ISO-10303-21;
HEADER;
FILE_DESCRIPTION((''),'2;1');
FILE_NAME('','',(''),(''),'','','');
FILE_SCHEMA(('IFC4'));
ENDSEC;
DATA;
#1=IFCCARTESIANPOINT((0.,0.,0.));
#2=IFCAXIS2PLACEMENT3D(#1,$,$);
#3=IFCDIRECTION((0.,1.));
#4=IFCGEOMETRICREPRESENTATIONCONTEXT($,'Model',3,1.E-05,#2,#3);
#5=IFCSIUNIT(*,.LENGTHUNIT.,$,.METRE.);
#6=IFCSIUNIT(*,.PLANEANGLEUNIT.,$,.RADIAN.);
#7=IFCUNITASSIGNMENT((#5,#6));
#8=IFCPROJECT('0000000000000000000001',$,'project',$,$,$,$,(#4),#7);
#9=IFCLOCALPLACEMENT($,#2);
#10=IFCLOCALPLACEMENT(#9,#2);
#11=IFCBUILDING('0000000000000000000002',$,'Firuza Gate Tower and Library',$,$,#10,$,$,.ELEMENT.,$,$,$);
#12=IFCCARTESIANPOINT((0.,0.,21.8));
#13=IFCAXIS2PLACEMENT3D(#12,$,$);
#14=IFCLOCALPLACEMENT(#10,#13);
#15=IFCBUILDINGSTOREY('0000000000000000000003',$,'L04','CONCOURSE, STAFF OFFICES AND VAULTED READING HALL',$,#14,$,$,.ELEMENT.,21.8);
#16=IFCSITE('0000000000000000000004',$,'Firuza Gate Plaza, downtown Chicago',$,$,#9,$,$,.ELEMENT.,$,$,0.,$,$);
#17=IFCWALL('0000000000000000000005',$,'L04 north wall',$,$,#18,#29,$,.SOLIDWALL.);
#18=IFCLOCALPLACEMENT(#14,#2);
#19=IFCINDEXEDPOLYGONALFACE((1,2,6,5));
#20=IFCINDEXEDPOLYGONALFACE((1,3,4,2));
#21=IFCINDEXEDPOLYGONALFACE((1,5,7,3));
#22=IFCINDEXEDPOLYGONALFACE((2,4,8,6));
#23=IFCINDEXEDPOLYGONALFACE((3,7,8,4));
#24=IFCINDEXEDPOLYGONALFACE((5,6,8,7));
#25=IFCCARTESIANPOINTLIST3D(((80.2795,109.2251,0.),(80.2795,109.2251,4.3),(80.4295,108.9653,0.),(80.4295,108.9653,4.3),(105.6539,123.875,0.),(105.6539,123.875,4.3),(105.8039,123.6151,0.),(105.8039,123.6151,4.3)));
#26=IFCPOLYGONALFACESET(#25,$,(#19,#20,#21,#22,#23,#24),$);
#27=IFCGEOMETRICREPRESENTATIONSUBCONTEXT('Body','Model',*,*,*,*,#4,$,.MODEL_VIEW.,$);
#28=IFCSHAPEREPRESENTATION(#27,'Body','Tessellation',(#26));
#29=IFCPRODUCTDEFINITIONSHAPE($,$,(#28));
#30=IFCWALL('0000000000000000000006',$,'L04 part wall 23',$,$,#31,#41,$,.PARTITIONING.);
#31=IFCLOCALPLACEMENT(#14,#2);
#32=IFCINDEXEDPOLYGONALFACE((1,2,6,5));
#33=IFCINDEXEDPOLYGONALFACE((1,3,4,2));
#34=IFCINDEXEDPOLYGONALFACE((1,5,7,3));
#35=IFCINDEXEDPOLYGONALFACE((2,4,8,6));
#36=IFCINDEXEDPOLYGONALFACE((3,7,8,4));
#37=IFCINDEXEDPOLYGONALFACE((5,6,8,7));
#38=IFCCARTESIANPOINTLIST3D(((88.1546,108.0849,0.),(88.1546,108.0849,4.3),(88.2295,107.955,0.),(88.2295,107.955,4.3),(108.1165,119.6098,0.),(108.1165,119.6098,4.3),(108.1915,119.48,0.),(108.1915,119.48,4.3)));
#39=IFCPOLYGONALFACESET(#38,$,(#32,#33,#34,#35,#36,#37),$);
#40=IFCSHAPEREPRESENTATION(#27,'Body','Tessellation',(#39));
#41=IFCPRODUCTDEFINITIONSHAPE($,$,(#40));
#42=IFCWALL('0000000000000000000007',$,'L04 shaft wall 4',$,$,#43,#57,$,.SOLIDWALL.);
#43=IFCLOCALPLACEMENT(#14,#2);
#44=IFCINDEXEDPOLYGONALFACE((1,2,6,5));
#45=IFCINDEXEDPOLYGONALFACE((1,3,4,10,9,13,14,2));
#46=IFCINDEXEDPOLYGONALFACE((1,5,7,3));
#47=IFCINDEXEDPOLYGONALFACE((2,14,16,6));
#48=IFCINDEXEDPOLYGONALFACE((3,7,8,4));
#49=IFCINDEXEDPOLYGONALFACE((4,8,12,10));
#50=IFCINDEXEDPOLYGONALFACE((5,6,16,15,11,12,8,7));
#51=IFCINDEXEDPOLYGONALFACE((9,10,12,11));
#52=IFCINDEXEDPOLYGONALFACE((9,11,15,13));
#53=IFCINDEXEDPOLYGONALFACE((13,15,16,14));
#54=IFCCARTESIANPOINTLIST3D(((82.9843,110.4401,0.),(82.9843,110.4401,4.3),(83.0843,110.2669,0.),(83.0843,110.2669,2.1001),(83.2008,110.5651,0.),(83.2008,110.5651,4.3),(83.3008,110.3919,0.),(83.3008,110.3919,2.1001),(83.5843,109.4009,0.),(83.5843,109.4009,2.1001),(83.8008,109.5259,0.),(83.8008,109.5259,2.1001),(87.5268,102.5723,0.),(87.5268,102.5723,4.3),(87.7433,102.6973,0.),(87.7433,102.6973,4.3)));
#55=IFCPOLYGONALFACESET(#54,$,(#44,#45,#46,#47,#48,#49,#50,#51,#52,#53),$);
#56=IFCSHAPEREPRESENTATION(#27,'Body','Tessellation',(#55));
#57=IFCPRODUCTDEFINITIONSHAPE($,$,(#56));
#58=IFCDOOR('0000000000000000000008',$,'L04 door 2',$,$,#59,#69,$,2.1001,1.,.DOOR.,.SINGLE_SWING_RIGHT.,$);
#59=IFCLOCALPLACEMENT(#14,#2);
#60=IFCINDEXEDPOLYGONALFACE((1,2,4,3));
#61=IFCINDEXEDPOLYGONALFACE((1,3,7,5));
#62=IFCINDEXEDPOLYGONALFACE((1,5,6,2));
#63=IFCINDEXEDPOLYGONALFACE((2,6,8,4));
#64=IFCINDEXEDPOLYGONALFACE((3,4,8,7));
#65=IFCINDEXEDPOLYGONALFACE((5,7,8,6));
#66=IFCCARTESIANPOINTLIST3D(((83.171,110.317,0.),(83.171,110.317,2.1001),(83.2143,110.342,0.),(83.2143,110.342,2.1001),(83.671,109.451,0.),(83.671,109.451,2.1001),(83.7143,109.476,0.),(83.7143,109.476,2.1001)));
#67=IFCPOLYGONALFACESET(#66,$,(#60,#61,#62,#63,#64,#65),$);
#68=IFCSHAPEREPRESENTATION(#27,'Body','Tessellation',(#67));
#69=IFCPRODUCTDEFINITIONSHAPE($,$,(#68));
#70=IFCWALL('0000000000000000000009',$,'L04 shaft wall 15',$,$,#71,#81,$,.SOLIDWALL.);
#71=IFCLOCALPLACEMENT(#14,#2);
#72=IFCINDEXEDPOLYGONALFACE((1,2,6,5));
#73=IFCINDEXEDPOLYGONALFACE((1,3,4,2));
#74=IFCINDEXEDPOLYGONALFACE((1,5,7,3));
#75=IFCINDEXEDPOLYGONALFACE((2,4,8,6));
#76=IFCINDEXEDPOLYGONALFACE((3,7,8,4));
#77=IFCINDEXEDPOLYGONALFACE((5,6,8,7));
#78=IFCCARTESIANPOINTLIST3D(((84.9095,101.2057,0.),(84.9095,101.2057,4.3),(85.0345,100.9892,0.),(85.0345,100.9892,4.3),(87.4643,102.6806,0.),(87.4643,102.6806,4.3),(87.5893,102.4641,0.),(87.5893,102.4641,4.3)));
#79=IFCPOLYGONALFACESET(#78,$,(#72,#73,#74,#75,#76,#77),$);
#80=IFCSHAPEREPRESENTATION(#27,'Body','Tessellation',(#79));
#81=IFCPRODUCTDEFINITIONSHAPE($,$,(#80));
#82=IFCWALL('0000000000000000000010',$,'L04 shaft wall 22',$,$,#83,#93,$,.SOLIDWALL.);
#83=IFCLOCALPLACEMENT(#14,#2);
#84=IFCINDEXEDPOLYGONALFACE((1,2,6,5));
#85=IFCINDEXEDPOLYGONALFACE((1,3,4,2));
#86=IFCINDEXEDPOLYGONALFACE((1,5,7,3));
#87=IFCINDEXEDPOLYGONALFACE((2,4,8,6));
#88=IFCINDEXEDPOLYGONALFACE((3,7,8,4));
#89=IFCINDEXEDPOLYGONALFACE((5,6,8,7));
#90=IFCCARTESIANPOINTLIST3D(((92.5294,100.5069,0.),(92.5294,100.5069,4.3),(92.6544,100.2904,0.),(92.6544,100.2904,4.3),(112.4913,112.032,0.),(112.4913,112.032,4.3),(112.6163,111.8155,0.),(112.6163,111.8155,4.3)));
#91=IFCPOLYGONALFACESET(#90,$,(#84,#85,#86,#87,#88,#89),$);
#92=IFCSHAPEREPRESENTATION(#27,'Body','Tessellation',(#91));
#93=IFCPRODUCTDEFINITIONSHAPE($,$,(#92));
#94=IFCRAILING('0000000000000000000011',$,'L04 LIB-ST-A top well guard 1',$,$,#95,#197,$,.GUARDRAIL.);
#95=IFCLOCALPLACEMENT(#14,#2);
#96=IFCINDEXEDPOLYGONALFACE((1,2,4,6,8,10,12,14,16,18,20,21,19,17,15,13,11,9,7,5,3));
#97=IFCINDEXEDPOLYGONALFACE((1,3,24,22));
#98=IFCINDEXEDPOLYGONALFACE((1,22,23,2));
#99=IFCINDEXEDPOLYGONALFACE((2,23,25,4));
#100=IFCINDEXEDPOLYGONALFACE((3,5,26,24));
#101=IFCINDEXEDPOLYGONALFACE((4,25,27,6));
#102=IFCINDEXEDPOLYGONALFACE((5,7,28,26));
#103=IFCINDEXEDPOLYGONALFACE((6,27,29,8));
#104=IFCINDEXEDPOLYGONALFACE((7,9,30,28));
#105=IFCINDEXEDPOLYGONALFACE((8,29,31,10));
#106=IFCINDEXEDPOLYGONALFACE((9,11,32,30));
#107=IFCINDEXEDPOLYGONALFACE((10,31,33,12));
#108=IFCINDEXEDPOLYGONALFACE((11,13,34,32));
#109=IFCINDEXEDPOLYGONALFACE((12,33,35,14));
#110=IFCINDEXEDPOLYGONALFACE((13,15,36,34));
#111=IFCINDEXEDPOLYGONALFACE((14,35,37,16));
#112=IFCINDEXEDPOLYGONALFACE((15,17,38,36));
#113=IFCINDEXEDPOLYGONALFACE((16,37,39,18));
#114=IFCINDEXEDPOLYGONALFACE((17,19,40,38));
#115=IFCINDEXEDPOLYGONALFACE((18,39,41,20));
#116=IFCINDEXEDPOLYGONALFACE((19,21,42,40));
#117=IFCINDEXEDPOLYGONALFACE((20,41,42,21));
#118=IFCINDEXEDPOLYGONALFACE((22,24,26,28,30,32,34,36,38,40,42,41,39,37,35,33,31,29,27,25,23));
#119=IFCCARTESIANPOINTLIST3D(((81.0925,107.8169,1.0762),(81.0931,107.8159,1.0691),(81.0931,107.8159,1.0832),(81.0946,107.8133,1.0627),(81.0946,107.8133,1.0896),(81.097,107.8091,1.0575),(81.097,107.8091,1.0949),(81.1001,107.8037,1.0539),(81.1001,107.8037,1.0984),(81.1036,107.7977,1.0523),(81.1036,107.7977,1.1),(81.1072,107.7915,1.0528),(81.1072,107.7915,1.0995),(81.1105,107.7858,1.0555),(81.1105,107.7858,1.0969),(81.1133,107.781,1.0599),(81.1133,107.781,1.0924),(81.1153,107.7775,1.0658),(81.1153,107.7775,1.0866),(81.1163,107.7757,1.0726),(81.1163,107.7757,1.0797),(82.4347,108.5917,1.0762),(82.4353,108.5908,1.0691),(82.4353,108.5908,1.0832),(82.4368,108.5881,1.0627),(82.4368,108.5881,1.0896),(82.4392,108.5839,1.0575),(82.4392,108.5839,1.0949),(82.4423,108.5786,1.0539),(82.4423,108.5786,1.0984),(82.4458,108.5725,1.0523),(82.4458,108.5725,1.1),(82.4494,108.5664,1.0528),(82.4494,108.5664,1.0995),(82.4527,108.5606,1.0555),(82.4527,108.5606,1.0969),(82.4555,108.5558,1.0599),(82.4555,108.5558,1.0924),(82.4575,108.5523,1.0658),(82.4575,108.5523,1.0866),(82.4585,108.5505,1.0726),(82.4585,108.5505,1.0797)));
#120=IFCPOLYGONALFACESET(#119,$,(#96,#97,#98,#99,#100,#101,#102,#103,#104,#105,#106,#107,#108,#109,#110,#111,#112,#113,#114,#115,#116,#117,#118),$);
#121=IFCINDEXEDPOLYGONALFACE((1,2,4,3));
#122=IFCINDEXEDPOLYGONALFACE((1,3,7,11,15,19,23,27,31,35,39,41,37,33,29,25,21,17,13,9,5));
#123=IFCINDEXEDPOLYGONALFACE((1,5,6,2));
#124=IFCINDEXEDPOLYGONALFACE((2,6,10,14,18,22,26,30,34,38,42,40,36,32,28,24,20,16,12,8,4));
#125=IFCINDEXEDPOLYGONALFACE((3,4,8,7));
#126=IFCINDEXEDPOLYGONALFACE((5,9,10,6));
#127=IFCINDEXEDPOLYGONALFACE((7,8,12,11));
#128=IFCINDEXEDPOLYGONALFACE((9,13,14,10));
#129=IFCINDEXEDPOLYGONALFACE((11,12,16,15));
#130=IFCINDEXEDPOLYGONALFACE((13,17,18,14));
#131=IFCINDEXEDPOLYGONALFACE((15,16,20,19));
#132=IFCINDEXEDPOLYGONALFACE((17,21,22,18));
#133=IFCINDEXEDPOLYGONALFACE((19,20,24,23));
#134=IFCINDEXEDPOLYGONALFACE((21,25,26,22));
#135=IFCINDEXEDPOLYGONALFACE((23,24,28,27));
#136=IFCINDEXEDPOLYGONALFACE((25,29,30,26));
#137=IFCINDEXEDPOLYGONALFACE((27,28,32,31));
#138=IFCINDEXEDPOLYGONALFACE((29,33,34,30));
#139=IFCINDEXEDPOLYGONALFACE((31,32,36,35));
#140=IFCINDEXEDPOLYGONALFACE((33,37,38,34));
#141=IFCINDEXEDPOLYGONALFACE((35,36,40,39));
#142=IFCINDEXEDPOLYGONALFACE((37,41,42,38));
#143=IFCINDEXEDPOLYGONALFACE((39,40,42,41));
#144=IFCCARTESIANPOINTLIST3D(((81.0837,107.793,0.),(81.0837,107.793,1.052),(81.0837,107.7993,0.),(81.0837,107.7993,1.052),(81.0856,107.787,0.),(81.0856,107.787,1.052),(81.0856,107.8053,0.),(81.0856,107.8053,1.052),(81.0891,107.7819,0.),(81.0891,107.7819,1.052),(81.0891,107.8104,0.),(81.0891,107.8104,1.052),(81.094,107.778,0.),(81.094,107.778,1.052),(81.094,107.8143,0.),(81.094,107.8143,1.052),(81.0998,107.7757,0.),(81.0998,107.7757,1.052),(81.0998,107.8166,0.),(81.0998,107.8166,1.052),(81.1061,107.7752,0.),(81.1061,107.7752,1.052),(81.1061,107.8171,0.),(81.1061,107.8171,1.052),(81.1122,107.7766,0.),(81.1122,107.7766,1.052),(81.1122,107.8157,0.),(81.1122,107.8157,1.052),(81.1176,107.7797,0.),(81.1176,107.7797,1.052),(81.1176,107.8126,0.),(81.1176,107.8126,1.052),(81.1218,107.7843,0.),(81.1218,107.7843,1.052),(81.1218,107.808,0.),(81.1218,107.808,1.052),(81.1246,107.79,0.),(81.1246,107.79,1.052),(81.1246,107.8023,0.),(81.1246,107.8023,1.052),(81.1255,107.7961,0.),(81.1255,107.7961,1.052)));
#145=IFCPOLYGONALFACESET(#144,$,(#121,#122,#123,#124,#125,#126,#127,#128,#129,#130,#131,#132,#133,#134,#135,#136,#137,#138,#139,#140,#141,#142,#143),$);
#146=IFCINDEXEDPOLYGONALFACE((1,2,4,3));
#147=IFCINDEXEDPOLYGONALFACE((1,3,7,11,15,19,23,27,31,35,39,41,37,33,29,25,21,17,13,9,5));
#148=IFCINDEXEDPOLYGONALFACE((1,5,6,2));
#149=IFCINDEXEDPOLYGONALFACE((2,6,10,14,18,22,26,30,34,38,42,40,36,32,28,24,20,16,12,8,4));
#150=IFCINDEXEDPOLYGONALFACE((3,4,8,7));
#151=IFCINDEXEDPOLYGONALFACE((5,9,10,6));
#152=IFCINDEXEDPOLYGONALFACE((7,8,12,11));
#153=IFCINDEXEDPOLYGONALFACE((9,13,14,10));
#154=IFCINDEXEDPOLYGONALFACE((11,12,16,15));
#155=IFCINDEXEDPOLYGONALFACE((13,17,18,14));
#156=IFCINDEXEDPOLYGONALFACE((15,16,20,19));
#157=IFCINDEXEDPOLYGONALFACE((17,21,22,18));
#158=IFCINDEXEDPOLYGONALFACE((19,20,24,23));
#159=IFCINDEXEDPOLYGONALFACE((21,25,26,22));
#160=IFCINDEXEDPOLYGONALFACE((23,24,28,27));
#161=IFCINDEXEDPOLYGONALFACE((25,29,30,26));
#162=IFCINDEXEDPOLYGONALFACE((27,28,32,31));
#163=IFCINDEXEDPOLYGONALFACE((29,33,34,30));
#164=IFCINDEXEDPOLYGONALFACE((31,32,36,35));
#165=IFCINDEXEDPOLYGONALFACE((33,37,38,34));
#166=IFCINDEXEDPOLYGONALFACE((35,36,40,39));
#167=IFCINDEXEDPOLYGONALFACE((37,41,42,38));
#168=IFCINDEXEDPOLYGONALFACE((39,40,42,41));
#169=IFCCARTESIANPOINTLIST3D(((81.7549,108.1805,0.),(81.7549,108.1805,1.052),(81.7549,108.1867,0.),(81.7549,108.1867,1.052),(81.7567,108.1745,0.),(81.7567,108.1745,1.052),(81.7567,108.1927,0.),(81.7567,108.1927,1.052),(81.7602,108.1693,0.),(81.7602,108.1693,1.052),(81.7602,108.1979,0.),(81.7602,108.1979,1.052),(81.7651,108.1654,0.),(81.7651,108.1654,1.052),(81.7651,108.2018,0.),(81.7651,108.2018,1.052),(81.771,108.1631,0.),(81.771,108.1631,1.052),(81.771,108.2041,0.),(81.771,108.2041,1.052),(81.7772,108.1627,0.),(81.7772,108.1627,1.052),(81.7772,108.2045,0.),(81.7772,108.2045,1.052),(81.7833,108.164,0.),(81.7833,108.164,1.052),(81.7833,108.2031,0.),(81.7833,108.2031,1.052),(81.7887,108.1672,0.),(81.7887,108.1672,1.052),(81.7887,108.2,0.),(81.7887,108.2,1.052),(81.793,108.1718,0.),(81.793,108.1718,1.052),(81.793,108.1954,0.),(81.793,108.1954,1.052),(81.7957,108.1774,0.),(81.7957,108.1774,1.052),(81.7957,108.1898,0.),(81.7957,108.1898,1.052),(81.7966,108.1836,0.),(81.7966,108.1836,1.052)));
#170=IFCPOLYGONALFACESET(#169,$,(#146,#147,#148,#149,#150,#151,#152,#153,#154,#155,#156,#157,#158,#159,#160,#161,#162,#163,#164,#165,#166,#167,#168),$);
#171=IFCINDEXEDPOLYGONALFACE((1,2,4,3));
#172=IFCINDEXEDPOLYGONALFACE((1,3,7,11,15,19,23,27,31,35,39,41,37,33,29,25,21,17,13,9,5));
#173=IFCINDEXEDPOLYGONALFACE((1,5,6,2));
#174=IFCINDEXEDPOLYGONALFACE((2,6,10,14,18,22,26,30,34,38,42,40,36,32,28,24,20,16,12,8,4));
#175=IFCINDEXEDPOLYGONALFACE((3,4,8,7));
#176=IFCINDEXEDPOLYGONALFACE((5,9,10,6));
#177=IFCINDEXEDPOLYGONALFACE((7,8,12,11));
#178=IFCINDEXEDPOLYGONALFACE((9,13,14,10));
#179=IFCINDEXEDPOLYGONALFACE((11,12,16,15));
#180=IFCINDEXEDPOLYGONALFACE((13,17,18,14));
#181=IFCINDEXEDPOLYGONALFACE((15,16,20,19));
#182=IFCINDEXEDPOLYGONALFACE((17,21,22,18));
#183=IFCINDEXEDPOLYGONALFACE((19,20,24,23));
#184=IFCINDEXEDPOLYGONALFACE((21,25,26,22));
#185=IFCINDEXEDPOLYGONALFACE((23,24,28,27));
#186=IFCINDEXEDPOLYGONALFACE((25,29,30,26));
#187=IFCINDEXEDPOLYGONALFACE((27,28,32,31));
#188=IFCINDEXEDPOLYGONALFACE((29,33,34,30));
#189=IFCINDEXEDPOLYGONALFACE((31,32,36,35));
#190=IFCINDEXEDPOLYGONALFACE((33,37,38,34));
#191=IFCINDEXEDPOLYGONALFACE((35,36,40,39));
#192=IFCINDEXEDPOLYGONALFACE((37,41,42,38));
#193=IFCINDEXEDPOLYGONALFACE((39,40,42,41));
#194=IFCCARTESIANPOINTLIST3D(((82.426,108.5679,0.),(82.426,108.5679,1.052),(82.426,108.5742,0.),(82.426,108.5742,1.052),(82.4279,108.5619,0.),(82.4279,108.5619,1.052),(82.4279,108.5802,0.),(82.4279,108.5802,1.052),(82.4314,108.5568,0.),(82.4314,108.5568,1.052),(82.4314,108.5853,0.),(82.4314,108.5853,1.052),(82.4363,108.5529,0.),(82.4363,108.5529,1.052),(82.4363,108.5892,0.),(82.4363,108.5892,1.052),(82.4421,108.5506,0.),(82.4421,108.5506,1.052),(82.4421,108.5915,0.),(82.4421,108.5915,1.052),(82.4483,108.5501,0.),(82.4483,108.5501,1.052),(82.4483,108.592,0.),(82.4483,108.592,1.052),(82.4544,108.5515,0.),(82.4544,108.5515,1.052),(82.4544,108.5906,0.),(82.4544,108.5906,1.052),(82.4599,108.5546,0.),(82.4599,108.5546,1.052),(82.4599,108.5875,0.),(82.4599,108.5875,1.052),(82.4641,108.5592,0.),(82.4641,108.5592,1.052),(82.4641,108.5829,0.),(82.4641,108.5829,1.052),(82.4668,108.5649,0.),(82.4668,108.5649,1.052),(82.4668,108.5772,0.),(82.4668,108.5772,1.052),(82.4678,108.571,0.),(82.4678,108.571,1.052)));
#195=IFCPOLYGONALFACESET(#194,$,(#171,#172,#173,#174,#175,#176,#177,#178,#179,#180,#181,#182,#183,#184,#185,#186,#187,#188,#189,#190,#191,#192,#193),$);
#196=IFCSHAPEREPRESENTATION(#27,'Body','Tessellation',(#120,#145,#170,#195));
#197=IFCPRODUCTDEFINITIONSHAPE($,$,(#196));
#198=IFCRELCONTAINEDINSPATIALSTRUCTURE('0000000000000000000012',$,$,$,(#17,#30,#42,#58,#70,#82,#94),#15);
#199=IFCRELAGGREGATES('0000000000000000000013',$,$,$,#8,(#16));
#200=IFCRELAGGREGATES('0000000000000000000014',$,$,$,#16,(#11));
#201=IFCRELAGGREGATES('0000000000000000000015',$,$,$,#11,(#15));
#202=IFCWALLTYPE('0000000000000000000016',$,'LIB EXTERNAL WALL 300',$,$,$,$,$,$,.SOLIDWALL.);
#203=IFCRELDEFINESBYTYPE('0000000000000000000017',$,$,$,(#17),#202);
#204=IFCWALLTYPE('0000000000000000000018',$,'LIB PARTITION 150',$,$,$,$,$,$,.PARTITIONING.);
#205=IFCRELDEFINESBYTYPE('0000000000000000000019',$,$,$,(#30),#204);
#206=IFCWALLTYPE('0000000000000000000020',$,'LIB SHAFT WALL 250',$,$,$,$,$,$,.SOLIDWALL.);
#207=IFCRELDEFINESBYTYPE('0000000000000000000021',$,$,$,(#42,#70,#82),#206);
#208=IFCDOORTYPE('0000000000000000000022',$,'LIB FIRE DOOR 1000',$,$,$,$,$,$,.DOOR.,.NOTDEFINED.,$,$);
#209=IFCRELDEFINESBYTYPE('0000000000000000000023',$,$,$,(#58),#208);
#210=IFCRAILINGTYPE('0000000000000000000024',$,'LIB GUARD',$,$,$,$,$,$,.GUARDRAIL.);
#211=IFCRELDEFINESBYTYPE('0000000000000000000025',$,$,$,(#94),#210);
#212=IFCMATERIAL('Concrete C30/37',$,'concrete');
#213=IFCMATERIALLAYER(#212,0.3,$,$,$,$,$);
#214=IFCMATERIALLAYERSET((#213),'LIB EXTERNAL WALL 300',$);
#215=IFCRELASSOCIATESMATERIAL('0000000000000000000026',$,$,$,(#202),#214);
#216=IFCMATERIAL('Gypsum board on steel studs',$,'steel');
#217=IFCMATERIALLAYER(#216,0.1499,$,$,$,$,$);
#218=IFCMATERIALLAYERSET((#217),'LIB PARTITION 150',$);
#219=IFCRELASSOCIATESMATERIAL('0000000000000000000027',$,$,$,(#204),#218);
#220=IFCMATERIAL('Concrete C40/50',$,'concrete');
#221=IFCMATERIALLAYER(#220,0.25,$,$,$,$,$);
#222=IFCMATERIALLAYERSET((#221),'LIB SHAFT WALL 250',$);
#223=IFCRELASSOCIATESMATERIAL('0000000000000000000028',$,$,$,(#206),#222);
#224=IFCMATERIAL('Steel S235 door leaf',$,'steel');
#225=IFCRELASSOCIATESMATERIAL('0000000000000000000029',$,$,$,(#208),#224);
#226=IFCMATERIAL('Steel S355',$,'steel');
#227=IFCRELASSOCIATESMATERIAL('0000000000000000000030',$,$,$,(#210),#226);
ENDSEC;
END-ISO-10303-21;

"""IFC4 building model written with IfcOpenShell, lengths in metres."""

from ifc_helpers import new_model, si_unit, direction, frame, frame_2d, origin, origin_2d, place, context, subcontext, project, spatial, rectangle, circle, extrude, material, layer, layer_set, type_object, element, fill, save


model = new_model("IFC4")

# Units and contexts
model_context = context("Model", 3, precision=1e-05, world=origin(), true_north=direction((0.0, 1.0)))
body_context = subcontext(model_context, "Body", "Model", "MODEL_VIEW")
ifc_project = project(units=[si_unit("LENGTHUNIT", "METRE"), si_unit("PLANEANGLEUNIT", "RADIAN")], contexts=[model_context])

# Site, building, storey
site_placement = place(None, origin())
site = spatial("IfcSite", under=ifc_project, at=site_placement, Name="Firuza Gate Plaza, downtown Chicago", CompositionType="ELEMENT", RefElevation=0.0)
building_placement = place(site_placement, origin())
building = spatial("IfcBuilding", under=site, at=building_placement, Name="Firuza Gate Tower and Library", CompositionType="ELEMENT")
storey_placement = place(building_placement, frame((0.0, 0.0, 21.8)))
storey = spatial("IfcBuildingStorey", under=building, at=storey_placement, Name="L04", Description="CONCOURSE, STAFF OFFICES AND VAULTED READING HALL", CompositionType="ELEMENT", Elevation=21.8)

# Walls
ifc_material_1 = material(Name="Concrete C30/37", Category="concrete")
ifc_layer_1 = layer(ifc_material_1, 0.3)
ifc_layer_set_1 = layer_set([ifc_layer_1], Name="LIB EXTERNAL WALL 300")
wall_type_1 = type_object("IfcWallType", Name="LIB EXTERNAL WALL 300", PredefinedType="SOLIDWALL", material=ifc_layer_set_1)
wall_1_placement = place(storey_placement, frame((80.3545, 109.0952, 0.0), z_axis=(0.0, 0.0, 1.0), x_axis=(0.866027, 0.499998, 0.0)))
element("IfcWall", 1, at=wall_1_placement, inside=storey, type_object=wall_type_1, Name="L04 north wall", PredefinedType="SOLIDWALL", context=body_context, shape_type="SweptSolid", body=[
    extrude(rectangle(XDim=29.2998, YDim=0.3, at=frame_2d((14.6499, 0.0))), origin(), (0.0, 0.0, 1.0), 4.3),
])
ifc_material_2 = material(Name="Gypsum board on steel studs", Category="steel")
ifc_layer_2 = layer(ifc_material_2, 0.1499)
ifc_layer_set_2 = layer_set([ifc_layer_2], Name="LIB PARTITION 150")
wall_type_2 = type_object("IfcWallType", Name="LIB PARTITION 150", PredefinedType="PARTITIONING", material=ifc_layer_set_2)
wall_2_placement = place(storey_placement, frame((88.1921, 108.02, 0.0), z_axis=(0.0, 0.0, 1.0), x_axis=(0.866028, 0.499996, 0.0)))
element("IfcWall", 2, at=wall_2_placement, inside=storey, type_object=wall_type_2, Name="L04 part wall 23", PredefinedType="PARTITIONING", context=body_context, shape_type="SweptSolid", body=[
    extrude(rectangle(XDim=23.05, YDim=0.1499, at=frame_2d((11.5249, 0.0))), origin(), (0.0, 0.0, 1.0), 4.3),
])

# Wall, opening, door
ifc_material_3 = material(Name="Concrete C40/50", Category="concrete")
ifc_layer_3 = layer(ifc_material_3, 0.25)
ifc_layer_set_3 = layer_set([ifc_layer_3], Name="LIB SHAFT WALL 250")
wall_type_3 = type_object("IfcWallType", Name="LIB SHAFT WALL 250", PredefinedType="SOLIDWALL", material=ifc_layer_set_3)
wall_3_placement = place(storey_placement, frame((87.635, 102.6348, 0.0), z_axis=(0.0, 0.0, 1.0), x_axis=(-0.499995, 0.866029, 0.0)))
wall_3 = element("IfcWall", 3, at=wall_3_placement, inside=storey, type_object=wall_type_3, Name="L04 shaft wall 4", PredefinedType="SOLIDWALL", context=body_context, shape_type="SweptSolid", body=[
    extrude(rectangle(XDim=9.085, YDim=0.25, at=frame_2d((4.5425, 0.0))), origin(), (0.0, 0.0, 1.0), 4.3),
])
opening_placement = place(wall_3_placement, frame((7.885, 0.0, 0.0)))
opening = element("IfcOpeningElement", 4, at=opening_placement, cuts=wall_3, PredefinedType="OPENING", context=body_context, shape_type="SweptSolid", body=[
    extrude(rectangle(XDim=1.0, YDim=2.1001, at=frame_2d((0.5, 1.05))), frame((0.0, 0.135, 0.0), z_axis=(0.0, -1.0, 0.0), x_axis=(1.0, 0.0, 0.0)), (0.0, 0.0, 1.0), 0.27),
])
ifc_material_4 = material(Name="Steel S235 door leaf", Category="steel")
door_type = type_object("IfcDoorType", Name="LIB FIRE DOOR 1000", OperationType="NOTDEFINED", PredefinedType="DOOR", material=ifc_material_4)
door_placement = place(opening_placement, origin())
door = element("IfcDoor", 5, at=door_placement, inside=storey, type_object=door_type, Name="L04 door 2", OperationType="SINGLE_SWING_RIGHT", OverallHeight=2.1001, OverallWidth=1.0, PredefinedType="DOOR", context=body_context, shape_type="SweptSolid", body=[
    extrude(rectangle(XDim=1.0, YDim=2.1001, at=frame_2d((0.5, 1.05))), frame((0.0, 0.0249, 0.0), z_axis=(0.0, -1.0, 0.0), x_axis=(1.0, 0.0, 0.0)), (0.0, 0.0, 1.0), 0.05),
])
fill(opening, door)

# Walls
wall_4_placement = place(storey_placement, frame((84.9719, 101.0974, 0.0), z_axis=(0.0, 0.0, 1.0), x_axis=(0.866039, 0.499976, 0.0)))
element("IfcWall", 6, at=wall_4_placement, inside=storey, type_object=wall_type_3, Name="L04 shaft wall 15", PredefinedType="SOLIDWALL", context=body_context, shape_type="SweptSolid", body=[
    extrude(rectangle(XDim=2.95, YDim=0.25, at=frame_2d((1.4751, 0.0))), origin(), (0.0, 0.0, 1.0), 4.3),
])
wall_5_placement = place(storey_placement, frame((92.592, 100.3987, 0.0), z_axis=(0.0, 0.0, 1.0), x_axis=(0.866023, 0.500004, 0.0)))
element("IfcWall", 7, at=wall_5_placement, inside=storey, type_object=wall_type_3, Name="L04 shaft wall 22", PredefinedType="SOLIDWALL", context=body_context, shape_type="SweptSolid", body=[
    extrude(rectangle(XDim=23.05, YDim=0.25, at=frame_2d((11.5249, 0.0))), origin(), (0.0, 0.0, 1.0), 4.3),
])

# Railing
ifc_material_5 = material(Name="Steel S355", Category="steel")
railing_type = type_object("IfcRailingType", Name="LIB GUARD", PredefinedType="GUARDRAIL", material=ifc_material_5)
railing_placement = place(storey_placement, frame((81.1045, 107.7961, 0.0)))
element("IfcRailing", 8, at=railing_placement, inside=storey, type_object=railing_type, Name="L04 LIB-ST-A top well guard 1", PredefinedType="GUARDRAIL", context=body_context, shape_type="SweptSolid", body=[
    extrude(circle(Radius=0.0239, at=origin_2d()), frame((0.0, 0.0, 1.0762), z_axis=(0.866044, 0.499968, 0.0), x_axis=(-0.499968, 0.866044, 0.0)), (0.0, 0.0, 1.0), 1.5498),
    extrude(circle(Radius=0.021, at=origin_2d()), origin(), (0.0, 0.0, 1.0), 1.052),
    extrude(circle(Radius=0.021, at=origin_2d()), frame((0.6711, 0.3875, 0.0)), (0.0, 0.0, 1.0), 1.052),
    extrude(circle(Radius=0.021, at=origin_2d()), frame((1.3423, 0.7749, 0.0)), (0.0, 0.0, 1.0), 1.052),
])

save(model, "model.ifc")
